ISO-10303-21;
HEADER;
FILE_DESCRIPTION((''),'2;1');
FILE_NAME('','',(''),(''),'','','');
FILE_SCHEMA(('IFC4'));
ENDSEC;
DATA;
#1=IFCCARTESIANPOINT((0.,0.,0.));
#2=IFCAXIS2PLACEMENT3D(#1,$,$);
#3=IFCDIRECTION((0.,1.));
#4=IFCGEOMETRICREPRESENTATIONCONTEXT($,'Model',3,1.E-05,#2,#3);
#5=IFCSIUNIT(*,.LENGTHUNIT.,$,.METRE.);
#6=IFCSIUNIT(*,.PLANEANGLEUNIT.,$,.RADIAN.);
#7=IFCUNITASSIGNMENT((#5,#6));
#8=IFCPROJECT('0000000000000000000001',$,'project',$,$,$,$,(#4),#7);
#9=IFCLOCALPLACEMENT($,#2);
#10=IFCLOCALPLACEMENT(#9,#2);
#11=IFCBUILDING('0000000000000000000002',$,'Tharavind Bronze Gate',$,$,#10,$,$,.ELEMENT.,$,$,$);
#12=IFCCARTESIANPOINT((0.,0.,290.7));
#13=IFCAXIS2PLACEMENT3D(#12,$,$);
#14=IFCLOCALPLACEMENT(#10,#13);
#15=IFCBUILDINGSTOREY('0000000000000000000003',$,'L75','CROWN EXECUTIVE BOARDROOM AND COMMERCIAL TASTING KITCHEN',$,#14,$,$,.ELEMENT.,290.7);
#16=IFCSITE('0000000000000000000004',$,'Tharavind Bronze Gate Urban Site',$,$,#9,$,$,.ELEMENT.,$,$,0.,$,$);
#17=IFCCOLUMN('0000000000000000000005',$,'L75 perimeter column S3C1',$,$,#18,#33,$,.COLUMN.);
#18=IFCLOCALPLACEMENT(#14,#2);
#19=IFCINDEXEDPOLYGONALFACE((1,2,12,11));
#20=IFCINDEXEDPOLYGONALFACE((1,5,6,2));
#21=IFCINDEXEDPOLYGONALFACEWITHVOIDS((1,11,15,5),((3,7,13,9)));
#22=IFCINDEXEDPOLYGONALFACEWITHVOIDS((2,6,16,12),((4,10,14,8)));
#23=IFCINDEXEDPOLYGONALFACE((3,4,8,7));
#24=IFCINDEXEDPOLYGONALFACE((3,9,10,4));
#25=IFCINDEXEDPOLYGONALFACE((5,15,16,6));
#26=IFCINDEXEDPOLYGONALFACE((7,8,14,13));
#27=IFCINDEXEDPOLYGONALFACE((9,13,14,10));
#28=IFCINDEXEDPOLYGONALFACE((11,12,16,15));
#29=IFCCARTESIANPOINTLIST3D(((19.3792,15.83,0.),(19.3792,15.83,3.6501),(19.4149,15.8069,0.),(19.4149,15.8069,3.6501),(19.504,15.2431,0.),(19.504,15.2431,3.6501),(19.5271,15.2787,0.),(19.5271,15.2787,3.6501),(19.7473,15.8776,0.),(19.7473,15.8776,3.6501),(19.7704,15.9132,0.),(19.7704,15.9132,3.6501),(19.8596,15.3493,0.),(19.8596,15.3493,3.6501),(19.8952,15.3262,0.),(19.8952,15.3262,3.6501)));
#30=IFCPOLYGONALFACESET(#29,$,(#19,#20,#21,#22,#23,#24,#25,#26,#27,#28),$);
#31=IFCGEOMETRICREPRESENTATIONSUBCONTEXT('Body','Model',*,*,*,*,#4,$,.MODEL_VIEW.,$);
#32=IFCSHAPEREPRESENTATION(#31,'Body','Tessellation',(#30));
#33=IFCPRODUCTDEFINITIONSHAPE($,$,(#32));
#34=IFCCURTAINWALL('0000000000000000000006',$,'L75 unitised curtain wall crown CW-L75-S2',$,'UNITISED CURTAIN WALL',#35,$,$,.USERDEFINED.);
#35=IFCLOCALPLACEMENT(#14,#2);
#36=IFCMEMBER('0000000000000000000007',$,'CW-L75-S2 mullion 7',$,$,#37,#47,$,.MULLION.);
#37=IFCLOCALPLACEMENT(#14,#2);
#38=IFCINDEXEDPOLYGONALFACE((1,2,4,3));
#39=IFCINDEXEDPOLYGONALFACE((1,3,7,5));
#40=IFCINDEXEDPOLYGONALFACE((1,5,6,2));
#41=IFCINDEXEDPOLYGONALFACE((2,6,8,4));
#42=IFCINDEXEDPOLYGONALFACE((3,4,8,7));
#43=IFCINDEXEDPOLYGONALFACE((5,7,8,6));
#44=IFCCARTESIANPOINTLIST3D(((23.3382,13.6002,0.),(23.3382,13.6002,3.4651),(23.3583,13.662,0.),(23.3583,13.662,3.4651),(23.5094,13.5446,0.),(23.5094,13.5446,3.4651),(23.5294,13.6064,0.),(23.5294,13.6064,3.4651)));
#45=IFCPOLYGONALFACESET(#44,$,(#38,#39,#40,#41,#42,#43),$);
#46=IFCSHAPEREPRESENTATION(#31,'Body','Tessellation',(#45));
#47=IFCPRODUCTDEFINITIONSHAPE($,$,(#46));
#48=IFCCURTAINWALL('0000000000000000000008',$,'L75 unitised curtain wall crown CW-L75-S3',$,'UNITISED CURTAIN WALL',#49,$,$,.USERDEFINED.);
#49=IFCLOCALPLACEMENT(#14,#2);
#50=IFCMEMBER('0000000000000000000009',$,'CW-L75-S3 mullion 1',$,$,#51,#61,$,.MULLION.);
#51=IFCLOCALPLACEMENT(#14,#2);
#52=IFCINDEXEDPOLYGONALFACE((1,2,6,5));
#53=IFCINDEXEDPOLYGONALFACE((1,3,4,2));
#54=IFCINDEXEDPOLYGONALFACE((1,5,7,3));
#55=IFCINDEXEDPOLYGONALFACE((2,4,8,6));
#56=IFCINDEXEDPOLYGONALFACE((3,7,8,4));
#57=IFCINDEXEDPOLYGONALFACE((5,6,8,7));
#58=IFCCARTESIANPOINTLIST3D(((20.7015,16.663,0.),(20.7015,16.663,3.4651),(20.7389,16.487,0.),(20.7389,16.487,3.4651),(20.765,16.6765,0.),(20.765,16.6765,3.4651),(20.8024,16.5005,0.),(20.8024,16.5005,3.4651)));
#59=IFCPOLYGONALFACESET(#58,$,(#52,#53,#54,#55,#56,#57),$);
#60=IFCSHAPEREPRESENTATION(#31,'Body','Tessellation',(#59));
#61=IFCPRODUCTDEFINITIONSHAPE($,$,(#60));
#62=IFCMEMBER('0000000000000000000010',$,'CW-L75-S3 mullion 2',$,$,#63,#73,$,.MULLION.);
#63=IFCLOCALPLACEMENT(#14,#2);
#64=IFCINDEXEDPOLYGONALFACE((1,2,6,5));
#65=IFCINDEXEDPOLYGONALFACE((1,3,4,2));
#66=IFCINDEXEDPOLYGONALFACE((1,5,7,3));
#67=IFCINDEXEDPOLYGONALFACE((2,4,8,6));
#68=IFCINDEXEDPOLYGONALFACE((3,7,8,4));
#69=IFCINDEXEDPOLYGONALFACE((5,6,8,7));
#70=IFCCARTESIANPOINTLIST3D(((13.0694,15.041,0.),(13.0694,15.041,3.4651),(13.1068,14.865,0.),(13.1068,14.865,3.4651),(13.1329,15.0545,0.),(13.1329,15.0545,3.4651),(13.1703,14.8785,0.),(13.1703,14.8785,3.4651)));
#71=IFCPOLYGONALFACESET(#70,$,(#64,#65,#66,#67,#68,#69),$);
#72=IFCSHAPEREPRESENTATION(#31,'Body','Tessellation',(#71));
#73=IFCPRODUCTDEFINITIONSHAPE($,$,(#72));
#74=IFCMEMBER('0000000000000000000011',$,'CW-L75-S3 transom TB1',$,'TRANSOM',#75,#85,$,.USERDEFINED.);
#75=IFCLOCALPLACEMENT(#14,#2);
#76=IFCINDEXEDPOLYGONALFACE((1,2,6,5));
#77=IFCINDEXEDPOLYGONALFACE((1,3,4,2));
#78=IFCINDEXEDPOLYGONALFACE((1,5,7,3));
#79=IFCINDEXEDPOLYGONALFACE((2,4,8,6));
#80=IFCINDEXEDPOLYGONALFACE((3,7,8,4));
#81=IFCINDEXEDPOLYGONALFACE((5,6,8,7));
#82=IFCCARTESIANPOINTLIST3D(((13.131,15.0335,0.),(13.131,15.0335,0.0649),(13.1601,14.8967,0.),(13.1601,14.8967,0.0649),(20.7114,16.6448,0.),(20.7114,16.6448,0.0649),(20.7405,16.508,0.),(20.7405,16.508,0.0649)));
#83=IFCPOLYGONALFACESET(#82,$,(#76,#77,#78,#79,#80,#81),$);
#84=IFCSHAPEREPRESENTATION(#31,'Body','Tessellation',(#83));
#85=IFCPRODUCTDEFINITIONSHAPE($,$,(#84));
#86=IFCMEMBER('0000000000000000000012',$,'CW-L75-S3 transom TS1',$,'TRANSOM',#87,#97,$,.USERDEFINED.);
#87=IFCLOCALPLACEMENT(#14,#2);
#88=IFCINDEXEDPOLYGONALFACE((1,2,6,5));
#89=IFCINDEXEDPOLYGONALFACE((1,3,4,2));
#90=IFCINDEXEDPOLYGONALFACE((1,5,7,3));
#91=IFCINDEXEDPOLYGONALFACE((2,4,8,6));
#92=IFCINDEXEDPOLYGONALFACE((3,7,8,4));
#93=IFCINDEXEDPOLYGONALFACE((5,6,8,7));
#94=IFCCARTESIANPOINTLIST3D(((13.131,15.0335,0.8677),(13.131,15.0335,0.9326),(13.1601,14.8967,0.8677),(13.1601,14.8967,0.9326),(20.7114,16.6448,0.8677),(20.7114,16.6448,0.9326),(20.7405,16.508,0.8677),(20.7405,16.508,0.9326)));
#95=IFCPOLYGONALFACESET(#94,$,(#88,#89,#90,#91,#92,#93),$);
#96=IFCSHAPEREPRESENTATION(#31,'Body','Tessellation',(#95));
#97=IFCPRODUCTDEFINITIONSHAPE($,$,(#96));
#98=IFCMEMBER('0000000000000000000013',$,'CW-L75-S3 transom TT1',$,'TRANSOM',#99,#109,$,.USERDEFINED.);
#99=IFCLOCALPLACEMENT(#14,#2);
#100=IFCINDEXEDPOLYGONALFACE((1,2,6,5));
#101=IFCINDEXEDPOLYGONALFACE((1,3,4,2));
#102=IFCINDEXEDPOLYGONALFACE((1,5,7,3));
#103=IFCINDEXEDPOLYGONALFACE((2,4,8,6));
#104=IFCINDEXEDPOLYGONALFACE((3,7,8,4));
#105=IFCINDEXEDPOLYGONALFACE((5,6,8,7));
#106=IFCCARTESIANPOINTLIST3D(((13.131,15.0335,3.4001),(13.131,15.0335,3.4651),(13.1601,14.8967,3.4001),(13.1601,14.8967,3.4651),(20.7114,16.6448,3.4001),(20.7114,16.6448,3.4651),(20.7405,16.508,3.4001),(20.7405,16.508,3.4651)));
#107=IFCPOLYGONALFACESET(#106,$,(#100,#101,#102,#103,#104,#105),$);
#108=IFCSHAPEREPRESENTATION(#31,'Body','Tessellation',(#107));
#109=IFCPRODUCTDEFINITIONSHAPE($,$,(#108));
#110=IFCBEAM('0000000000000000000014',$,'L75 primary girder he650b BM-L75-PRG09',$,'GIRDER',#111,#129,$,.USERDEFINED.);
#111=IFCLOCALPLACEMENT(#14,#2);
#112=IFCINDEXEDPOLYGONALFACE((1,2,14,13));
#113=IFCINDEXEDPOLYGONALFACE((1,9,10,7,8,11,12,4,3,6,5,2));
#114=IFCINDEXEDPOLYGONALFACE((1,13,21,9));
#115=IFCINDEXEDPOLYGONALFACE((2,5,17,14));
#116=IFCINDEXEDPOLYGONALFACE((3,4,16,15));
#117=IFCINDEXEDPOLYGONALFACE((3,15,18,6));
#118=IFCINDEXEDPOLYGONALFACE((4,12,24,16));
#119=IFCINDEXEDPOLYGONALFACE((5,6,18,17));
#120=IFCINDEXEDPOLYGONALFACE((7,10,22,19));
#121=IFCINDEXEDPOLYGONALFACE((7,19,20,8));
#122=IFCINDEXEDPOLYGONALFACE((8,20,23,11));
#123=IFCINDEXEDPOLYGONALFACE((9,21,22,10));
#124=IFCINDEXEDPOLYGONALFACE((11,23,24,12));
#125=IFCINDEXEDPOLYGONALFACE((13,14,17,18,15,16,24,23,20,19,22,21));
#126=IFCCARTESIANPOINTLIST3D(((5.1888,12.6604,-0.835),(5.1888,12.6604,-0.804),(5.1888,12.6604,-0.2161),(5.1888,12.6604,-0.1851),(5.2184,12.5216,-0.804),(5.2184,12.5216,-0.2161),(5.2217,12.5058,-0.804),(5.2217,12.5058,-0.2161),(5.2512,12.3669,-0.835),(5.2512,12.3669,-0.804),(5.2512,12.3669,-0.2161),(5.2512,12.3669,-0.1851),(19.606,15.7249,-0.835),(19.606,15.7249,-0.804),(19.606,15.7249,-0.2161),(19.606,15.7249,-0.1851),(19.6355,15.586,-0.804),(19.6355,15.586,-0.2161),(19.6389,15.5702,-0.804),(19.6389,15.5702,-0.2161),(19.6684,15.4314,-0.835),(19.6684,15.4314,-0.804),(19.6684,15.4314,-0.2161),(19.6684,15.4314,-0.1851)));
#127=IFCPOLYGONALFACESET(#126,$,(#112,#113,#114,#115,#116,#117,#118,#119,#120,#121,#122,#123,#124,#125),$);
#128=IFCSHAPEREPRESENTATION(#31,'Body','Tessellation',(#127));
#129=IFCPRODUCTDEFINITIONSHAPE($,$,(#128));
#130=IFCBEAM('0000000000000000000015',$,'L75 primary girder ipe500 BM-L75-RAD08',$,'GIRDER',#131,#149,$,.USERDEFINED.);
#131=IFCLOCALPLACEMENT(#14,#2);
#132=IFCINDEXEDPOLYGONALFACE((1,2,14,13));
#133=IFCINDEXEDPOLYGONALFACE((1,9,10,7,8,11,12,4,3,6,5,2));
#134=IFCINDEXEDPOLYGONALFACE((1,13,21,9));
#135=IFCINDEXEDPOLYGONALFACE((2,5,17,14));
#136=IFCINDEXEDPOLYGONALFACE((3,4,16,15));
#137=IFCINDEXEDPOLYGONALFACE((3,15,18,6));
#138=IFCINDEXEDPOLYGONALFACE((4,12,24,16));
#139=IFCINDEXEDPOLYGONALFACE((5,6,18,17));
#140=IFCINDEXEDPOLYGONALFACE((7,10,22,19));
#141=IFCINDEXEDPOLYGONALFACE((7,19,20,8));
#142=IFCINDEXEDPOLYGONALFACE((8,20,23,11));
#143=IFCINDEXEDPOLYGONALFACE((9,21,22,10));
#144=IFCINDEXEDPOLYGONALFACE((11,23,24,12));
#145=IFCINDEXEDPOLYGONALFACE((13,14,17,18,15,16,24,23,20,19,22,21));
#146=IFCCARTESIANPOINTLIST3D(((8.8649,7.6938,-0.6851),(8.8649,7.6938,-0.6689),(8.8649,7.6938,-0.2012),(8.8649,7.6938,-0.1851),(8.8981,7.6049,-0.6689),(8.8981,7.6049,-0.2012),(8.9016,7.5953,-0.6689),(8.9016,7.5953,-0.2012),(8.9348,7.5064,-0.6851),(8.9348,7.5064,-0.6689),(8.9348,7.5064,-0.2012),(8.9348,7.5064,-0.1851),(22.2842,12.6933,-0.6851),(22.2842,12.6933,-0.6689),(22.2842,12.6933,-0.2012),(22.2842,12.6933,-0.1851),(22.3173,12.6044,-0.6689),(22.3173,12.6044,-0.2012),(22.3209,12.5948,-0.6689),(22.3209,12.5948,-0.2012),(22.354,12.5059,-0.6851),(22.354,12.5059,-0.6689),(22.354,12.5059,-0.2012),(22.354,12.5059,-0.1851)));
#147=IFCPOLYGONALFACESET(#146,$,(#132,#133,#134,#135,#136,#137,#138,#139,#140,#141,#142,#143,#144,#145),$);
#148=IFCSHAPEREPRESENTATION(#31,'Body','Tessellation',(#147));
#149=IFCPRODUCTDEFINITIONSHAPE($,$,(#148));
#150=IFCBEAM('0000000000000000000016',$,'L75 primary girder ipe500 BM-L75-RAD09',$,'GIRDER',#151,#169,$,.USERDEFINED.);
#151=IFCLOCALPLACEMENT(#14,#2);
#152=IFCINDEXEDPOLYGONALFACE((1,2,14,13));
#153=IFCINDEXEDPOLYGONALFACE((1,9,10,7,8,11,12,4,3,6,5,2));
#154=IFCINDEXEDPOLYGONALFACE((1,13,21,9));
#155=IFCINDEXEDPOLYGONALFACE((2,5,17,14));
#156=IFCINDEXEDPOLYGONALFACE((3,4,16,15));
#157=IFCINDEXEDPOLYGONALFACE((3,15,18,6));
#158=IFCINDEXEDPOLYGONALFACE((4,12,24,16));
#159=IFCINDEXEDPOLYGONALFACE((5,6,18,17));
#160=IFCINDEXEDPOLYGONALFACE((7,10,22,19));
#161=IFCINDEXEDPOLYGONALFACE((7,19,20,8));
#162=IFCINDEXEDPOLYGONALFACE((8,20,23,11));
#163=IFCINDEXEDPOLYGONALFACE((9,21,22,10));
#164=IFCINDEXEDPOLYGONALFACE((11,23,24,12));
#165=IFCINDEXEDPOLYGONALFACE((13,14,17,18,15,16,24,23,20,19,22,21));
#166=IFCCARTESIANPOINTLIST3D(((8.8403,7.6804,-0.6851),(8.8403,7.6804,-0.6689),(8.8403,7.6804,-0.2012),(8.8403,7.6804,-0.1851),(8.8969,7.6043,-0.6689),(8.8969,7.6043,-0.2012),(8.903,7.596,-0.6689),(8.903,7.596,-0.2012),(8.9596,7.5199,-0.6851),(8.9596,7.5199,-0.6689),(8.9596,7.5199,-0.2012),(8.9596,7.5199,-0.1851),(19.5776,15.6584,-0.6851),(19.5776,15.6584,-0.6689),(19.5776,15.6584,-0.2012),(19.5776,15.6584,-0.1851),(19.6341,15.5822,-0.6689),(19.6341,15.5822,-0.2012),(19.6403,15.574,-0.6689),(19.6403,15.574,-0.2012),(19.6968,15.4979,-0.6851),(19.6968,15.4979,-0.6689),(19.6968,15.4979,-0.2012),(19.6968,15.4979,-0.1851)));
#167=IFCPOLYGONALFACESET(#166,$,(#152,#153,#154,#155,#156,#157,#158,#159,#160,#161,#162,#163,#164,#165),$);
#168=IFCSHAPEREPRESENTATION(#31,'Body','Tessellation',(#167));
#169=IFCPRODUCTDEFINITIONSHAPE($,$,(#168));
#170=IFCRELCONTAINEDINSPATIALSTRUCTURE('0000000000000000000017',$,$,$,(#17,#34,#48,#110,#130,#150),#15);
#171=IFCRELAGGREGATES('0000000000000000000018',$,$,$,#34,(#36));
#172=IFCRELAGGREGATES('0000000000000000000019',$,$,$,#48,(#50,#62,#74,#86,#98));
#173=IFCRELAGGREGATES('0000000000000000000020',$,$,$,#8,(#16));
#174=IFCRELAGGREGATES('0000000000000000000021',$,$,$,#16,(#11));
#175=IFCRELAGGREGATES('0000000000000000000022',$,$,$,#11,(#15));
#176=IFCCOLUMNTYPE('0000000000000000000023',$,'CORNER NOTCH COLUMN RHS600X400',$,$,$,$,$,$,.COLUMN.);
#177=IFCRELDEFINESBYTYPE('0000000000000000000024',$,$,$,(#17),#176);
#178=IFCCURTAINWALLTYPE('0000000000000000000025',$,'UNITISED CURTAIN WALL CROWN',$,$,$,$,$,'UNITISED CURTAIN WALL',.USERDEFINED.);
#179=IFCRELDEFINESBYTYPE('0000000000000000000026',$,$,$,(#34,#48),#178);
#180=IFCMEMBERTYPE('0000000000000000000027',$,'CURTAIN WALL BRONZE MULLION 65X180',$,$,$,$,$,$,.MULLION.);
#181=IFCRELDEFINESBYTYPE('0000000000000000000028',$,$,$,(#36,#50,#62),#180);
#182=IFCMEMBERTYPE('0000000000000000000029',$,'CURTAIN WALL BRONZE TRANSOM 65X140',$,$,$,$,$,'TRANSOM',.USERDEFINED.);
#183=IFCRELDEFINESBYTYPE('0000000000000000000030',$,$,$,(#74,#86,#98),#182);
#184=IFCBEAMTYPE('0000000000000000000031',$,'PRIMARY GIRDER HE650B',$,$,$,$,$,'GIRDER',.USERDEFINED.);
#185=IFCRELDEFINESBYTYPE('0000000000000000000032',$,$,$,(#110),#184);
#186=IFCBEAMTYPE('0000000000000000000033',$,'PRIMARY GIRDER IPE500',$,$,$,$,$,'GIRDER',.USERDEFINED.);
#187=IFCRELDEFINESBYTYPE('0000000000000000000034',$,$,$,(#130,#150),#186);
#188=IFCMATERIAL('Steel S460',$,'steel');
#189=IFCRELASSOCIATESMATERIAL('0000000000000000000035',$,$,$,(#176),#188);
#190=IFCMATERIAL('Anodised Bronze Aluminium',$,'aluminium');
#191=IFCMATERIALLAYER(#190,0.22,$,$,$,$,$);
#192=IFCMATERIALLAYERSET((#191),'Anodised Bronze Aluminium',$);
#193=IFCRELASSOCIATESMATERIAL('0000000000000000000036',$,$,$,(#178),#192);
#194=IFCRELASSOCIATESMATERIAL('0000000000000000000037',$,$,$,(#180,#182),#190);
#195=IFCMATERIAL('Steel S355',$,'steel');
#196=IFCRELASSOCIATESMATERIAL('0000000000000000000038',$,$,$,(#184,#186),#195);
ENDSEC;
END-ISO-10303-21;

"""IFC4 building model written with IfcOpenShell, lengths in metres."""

from ifc_helpers import new_model, si_unit, direction, frame, origin, origin_2d, place, context, subcontext, project, spatial, rectangle, hollow_rectangle, i_section, extrude, material, layer, layer_set, material_profile, profile_set, type_object, element, aggregate, save


model = new_model("IFC4")

# Units and contexts
model_context = context("Model", 3, precision=1e-05, world=origin(), true_north=direction((0.0, 1.0)))
body_context = subcontext(model_context, "Body", "Model", "MODEL_VIEW")
ifc_project = project(units=[si_unit("LENGTHUNIT", "METRE"), si_unit("PLANEANGLEUNIT", "RADIAN")], contexts=[model_context])

# Site, building, storey
site_placement = place(None, origin())
site = spatial("IfcSite", under=ifc_project, at=site_placement, Name="Tharavind Bronze Gate Urban Site", CompositionType="ELEMENT", RefElevation=0.0)
building_placement = place(site_placement, origin())
building = spatial("IfcBuilding", under=site, at=building_placement, Name="Tharavind Bronze Gate", CompositionType="ELEMENT")
storey_placement = place(building_placement, frame((0.0, 0.0, 290.7)))
storey = spatial("IfcBuildingStorey", under=building, at=storey_placement, Name="L75", Description="CROWN EXECUTIVE BOARDROOM AND COMMERCIAL TASTING KITCHEN", CompositionType="ELEMENT", Elevation=290.7)

# Column
ifc_material_1 = material(Name="Steel S460", Category="steel")
ifc_material_profile_1 = material_profile(ifc_material_1, hollow_rectangle(XDim=0.3999, YDim=0.6001, WallThickness=0.03, at=origin_2d()), Name="RHS600X400X30")
ifc_profile_set_1 = profile_set([ifc_material_profile_1], Name="Steel S460")
column_type = type_object("IfcColumnType", Name="CORNER NOTCH COLUMN RHS600X400", PredefinedType="COLUMN", material=ifc_profile_set_1)
column_placement = place(storey_placement, frame((19.6372, 15.5781, 0.0), z_axis=(0.0, 0.0, 1.0), x_axis=(0.978147, 0.207913, 0.0)))
element("IfcColumn", 1, at=column_placement, inside=storey, type_object=column_type, Name="L75 perimeter column S3C1", PredefinedType="COLUMN", context=body_context, shape_type="SweptSolid", body=[
    extrude(hollow_rectangle(XDim=0.3999, YDim=0.6001, WallThickness=0.03, at=origin_2d()), origin(), (0.0, 0.0, 1.0), 3.6501),
])

# Curtain wall, member
ifc_material_2 = material(Name="Anodised Bronze Aluminium", Category="aluminium")
ifc_layer_1 = layer(ifc_material_2, 0.22)
ifc_layer_set_1 = layer_set([ifc_layer_1], Name="Anodised Bronze Aluminium")
curtain_wall_type = type_object("IfcCurtainWallType", Name="UNITISED CURTAIN WALL CROWN", ElementType="UNITISED CURTAIN WALL", PredefinedType="USERDEFINED", material=ifc_layer_set_1)
curtain_wall_1_placement = place(storey_placement, origin())
curtain_wall_1 = element("IfcCurtainWall", 2, at=curtain_wall_1_placement, inside=storey, type_object=curtain_wall_type, Name="L75 unitised curtain wall crown CW-L75-S2", ObjectType="UNITISED CURTAIN WALL", PredefinedType="USERDEFINED")
member_type_1 = type_object("IfcMemberType", Name="CURTAIN WALL BRONZE MULLION 65X180", PredefinedType="MULLION", material=ifc_material_2)
member_1_placement = place(storey_placement, frame((23.4338, 13.6033, 0.0), z_axis=(0.0, 0.0, 1.0), x_axis=(0.309017, 0.951057, 0.0)))
member_1 = element("IfcMember", 3, at=member_1_placement, type_object=member_type_1, Name="CW-L75-S2 mullion 7", PredefinedType="MULLION", context=body_context, shape_type="SweptSolid", body=[
    extrude(rectangle(XDim=0.0649, YDim=0.1799, at=origin_2d()), origin(), (0.0, 0.0, 1.0), 3.4651),
])
aggregate(curtain_wall_1, [member_1])

# Curtain wall, members
curtain_wall_2_placement = place(storey_placement, origin())
curtain_wall_2 = element("IfcCurtainWall", 4, at=curtain_wall_2_placement, inside=storey, type_object=curtain_wall_type, Name="L75 unitised curtain wall crown CW-L75-S3", ObjectType="UNITISED CURTAIN WALL", PredefinedType="USERDEFINED")
member_2_placement = place(storey_placement, frame((20.752, 16.5818, 0.0), z_axis=(0.0, 0.0, 1.0), x_axis=(-0.978147, -0.207913, 0.0)))
member_2 = element("IfcMember", 5, at=member_2_placement, type_object=member_type_1, Name="CW-L75-S3 mullion 1", PredefinedType="MULLION", context=body_context, shape_type="SweptSolid", body=[
    extrude(rectangle(XDim=0.0649, YDim=0.1799, at=origin_2d()), origin(), (0.0, 0.0, 1.0), 3.4651),
])
member_3_placement = place(storey_placement, frame((13.1199, 14.9597, 0.0), z_axis=(0.0, 0.0, 1.0), x_axis=(-0.978147, -0.207913, 0.0)))
member_3 = element("IfcMember", 6, at=member_3_placement, type_object=member_type_1, Name="CW-L75-S3 mullion 2", PredefinedType="MULLION", context=body_context, shape_type="SweptSolid", body=[
    extrude(rectangle(XDim=0.0649, YDim=0.1799, at=origin_2d()), origin(), (0.0, 0.0, 1.0), 3.4651),
])
member_type_2 = type_object("IfcMemberType", Name="CURTAIN WALL BRONZE TRANSOM 65X140", ElementType="TRANSOM", PredefinedType="USERDEFINED", material=ifc_material_2)
member_4_placement = place(storey_placement, frame((16.9358, 15.7708, 0.0), z_axis=(0.0, 0.0, 1.0), x_axis=(-0.978147, -0.207913, 0.0)))
member_4 = element("IfcMember", 7, at=member_4_placement, type_object=member_type_2, Name="CW-L75-S3 transom TB1", ObjectType="TRANSOM", PredefinedType="USERDEFINED", context=body_context, shape_type="SweptSolid", body=[
    extrude(rectangle(XDim=7.7498, YDim=0.1399, at=origin_2d()), origin(), (0.0, 0.0, 1.0), 0.0649),
])
member_5_placement = place(storey_placement, frame((16.9358, 15.7708, 0.8677), z_axis=(0.0, 0.0, 1.0), x_axis=(-0.978147, -0.207913, 0.0)))
member_5 = element("IfcMember", 8, at=member_5_placement, type_object=member_type_2, Name="CW-L75-S3 transom TS1", ObjectType="TRANSOM", PredefinedType="USERDEFINED", context=body_context, shape_type="SweptSolid", body=[
    extrude(rectangle(XDim=7.7498, YDim=0.1399, at=origin_2d()), origin(), (0.0, 0.0, 1.0), 0.0649),
])
member_6_placement = place(storey_placement, frame((16.9358, 15.7708, 3.4001), z_axis=(0.0, 0.0, 1.0), x_axis=(-0.978147, -0.207913, 0.0)))
member_6 = element("IfcMember", 9, at=member_6_placement, type_object=member_type_2, Name="CW-L75-S3 transom TT1", ObjectType="TRANSOM", PredefinedType="USERDEFINED", context=body_context, shape_type="SweptSolid", body=[
    extrude(rectangle(XDim=7.7498, YDim=0.1399, at=origin_2d()), origin(), (0.0, 0.0, 1.0), 0.0649),
])

# Beams
ifc_material_3 = material(Name="Steel S355", Category="steel")
ifc_material_profile_2 = material_profile(ifc_material_3, i_section(OverallWidth=0.3, OverallDepth=0.6499, WebThickness=0.0161, FlangeThickness=0.031, at=origin_2d()), Name="HE650B")
ifc_profile_set_2 = profile_set([ifc_material_profile_2], Name="Steel S355")
beam_type_1 = type_object("IfcBeamType", Name="PRIMARY GIRDER HE650B", ElementType="GIRDER", PredefinedType="USERDEFINED", material=ifc_profile_set_2)
beam_1_placement = place(storey_placement, frame((19.6372, 15.5781, -0.51), z_axis=(-0.978148, -0.20791, 0.0), x_axis=(0.20791, -0.978148, 0.0)))
element("IfcBeam", 10, at=beam_1_placement, inside=storey, type_object=beam_type_1, Name="L75 primary girder he650b BM-L75-PRG09", ObjectType="GIRDER", PredefinedType="USERDEFINED", context=body_context, shape_type="SweptSolid", body=[
    extrude(i_section(OverallWidth=0.3, OverallDepth=0.6499, WebThickness=0.0161, FlangeThickness=0.031, at=origin_2d()), origin(), (0.0, 0.0, 1.0), 14.7393),
])
ifc_material_profile_3 = material_profile(ifc_material_3, i_section(OverallWidth=0.2, OverallDepth=0.5, WebThickness=0.0103, FlangeThickness=0.0161, at=origin_2d()), Name="IPE500")
ifc_profile_set_3 = profile_set([ifc_material_profile_3], Name="Steel S355")
beam_type_2 = type_object("IfcBeamType", Name="PRIMARY GIRDER IPE500", ElementType="GIRDER", PredefinedType="USERDEFINED", material=ifc_profile_set_3)
beam_2_placement = place(storey_placement, frame((22.3191, 12.5996, -0.4351), z_axis=(-0.937077, -0.349122, 0.0), x_axis=(0.349122, -0.937077, 0.0)))
element("IfcBeam", 11, at=beam_2_placement, inside=storey, type_object=beam_type_2, Name="L75 primary girder ipe500 BM-L75-RAD08", ObjectType="GIRDER", PredefinedType="USERDEFINED", context=body_context, shape_type="SweptSolid", body=[
    extrude(i_section(OverallWidth=0.2, OverallDepth=0.5, WebThickness=0.0103, FlangeThickness=0.0161, at=origin_2d()), origin(), (0.0, 0.0, 1.0), 14.3203),
])
beam_3_placement = place(storey_placement, frame((19.6372, 15.5781, -0.4351), z_axis=(-0.802681, -0.596408, 0.0), x_axis=(0.596408, -0.802681, 0.0)))
element("IfcBeam", 12, at=beam_3_placement, inside=storey, type_object=beam_type_2, Name="L75 primary girder ipe500 BM-L75-RAD09", ObjectType="GIRDER", PredefinedType="USERDEFINED", context=body_context, shape_type="SweptSolid", body=[
    extrude(i_section(OverallWidth=0.2, OverallDepth=0.5, WebThickness=0.0103, FlangeThickness=0.0161, at=origin_2d()), origin(), (0.0, 0.0, 1.0), 13.3767),
])

aggregate(curtain_wall_2, [member_2, member_3, member_4, member_5, member_6])

save(model, "model.ifc")
